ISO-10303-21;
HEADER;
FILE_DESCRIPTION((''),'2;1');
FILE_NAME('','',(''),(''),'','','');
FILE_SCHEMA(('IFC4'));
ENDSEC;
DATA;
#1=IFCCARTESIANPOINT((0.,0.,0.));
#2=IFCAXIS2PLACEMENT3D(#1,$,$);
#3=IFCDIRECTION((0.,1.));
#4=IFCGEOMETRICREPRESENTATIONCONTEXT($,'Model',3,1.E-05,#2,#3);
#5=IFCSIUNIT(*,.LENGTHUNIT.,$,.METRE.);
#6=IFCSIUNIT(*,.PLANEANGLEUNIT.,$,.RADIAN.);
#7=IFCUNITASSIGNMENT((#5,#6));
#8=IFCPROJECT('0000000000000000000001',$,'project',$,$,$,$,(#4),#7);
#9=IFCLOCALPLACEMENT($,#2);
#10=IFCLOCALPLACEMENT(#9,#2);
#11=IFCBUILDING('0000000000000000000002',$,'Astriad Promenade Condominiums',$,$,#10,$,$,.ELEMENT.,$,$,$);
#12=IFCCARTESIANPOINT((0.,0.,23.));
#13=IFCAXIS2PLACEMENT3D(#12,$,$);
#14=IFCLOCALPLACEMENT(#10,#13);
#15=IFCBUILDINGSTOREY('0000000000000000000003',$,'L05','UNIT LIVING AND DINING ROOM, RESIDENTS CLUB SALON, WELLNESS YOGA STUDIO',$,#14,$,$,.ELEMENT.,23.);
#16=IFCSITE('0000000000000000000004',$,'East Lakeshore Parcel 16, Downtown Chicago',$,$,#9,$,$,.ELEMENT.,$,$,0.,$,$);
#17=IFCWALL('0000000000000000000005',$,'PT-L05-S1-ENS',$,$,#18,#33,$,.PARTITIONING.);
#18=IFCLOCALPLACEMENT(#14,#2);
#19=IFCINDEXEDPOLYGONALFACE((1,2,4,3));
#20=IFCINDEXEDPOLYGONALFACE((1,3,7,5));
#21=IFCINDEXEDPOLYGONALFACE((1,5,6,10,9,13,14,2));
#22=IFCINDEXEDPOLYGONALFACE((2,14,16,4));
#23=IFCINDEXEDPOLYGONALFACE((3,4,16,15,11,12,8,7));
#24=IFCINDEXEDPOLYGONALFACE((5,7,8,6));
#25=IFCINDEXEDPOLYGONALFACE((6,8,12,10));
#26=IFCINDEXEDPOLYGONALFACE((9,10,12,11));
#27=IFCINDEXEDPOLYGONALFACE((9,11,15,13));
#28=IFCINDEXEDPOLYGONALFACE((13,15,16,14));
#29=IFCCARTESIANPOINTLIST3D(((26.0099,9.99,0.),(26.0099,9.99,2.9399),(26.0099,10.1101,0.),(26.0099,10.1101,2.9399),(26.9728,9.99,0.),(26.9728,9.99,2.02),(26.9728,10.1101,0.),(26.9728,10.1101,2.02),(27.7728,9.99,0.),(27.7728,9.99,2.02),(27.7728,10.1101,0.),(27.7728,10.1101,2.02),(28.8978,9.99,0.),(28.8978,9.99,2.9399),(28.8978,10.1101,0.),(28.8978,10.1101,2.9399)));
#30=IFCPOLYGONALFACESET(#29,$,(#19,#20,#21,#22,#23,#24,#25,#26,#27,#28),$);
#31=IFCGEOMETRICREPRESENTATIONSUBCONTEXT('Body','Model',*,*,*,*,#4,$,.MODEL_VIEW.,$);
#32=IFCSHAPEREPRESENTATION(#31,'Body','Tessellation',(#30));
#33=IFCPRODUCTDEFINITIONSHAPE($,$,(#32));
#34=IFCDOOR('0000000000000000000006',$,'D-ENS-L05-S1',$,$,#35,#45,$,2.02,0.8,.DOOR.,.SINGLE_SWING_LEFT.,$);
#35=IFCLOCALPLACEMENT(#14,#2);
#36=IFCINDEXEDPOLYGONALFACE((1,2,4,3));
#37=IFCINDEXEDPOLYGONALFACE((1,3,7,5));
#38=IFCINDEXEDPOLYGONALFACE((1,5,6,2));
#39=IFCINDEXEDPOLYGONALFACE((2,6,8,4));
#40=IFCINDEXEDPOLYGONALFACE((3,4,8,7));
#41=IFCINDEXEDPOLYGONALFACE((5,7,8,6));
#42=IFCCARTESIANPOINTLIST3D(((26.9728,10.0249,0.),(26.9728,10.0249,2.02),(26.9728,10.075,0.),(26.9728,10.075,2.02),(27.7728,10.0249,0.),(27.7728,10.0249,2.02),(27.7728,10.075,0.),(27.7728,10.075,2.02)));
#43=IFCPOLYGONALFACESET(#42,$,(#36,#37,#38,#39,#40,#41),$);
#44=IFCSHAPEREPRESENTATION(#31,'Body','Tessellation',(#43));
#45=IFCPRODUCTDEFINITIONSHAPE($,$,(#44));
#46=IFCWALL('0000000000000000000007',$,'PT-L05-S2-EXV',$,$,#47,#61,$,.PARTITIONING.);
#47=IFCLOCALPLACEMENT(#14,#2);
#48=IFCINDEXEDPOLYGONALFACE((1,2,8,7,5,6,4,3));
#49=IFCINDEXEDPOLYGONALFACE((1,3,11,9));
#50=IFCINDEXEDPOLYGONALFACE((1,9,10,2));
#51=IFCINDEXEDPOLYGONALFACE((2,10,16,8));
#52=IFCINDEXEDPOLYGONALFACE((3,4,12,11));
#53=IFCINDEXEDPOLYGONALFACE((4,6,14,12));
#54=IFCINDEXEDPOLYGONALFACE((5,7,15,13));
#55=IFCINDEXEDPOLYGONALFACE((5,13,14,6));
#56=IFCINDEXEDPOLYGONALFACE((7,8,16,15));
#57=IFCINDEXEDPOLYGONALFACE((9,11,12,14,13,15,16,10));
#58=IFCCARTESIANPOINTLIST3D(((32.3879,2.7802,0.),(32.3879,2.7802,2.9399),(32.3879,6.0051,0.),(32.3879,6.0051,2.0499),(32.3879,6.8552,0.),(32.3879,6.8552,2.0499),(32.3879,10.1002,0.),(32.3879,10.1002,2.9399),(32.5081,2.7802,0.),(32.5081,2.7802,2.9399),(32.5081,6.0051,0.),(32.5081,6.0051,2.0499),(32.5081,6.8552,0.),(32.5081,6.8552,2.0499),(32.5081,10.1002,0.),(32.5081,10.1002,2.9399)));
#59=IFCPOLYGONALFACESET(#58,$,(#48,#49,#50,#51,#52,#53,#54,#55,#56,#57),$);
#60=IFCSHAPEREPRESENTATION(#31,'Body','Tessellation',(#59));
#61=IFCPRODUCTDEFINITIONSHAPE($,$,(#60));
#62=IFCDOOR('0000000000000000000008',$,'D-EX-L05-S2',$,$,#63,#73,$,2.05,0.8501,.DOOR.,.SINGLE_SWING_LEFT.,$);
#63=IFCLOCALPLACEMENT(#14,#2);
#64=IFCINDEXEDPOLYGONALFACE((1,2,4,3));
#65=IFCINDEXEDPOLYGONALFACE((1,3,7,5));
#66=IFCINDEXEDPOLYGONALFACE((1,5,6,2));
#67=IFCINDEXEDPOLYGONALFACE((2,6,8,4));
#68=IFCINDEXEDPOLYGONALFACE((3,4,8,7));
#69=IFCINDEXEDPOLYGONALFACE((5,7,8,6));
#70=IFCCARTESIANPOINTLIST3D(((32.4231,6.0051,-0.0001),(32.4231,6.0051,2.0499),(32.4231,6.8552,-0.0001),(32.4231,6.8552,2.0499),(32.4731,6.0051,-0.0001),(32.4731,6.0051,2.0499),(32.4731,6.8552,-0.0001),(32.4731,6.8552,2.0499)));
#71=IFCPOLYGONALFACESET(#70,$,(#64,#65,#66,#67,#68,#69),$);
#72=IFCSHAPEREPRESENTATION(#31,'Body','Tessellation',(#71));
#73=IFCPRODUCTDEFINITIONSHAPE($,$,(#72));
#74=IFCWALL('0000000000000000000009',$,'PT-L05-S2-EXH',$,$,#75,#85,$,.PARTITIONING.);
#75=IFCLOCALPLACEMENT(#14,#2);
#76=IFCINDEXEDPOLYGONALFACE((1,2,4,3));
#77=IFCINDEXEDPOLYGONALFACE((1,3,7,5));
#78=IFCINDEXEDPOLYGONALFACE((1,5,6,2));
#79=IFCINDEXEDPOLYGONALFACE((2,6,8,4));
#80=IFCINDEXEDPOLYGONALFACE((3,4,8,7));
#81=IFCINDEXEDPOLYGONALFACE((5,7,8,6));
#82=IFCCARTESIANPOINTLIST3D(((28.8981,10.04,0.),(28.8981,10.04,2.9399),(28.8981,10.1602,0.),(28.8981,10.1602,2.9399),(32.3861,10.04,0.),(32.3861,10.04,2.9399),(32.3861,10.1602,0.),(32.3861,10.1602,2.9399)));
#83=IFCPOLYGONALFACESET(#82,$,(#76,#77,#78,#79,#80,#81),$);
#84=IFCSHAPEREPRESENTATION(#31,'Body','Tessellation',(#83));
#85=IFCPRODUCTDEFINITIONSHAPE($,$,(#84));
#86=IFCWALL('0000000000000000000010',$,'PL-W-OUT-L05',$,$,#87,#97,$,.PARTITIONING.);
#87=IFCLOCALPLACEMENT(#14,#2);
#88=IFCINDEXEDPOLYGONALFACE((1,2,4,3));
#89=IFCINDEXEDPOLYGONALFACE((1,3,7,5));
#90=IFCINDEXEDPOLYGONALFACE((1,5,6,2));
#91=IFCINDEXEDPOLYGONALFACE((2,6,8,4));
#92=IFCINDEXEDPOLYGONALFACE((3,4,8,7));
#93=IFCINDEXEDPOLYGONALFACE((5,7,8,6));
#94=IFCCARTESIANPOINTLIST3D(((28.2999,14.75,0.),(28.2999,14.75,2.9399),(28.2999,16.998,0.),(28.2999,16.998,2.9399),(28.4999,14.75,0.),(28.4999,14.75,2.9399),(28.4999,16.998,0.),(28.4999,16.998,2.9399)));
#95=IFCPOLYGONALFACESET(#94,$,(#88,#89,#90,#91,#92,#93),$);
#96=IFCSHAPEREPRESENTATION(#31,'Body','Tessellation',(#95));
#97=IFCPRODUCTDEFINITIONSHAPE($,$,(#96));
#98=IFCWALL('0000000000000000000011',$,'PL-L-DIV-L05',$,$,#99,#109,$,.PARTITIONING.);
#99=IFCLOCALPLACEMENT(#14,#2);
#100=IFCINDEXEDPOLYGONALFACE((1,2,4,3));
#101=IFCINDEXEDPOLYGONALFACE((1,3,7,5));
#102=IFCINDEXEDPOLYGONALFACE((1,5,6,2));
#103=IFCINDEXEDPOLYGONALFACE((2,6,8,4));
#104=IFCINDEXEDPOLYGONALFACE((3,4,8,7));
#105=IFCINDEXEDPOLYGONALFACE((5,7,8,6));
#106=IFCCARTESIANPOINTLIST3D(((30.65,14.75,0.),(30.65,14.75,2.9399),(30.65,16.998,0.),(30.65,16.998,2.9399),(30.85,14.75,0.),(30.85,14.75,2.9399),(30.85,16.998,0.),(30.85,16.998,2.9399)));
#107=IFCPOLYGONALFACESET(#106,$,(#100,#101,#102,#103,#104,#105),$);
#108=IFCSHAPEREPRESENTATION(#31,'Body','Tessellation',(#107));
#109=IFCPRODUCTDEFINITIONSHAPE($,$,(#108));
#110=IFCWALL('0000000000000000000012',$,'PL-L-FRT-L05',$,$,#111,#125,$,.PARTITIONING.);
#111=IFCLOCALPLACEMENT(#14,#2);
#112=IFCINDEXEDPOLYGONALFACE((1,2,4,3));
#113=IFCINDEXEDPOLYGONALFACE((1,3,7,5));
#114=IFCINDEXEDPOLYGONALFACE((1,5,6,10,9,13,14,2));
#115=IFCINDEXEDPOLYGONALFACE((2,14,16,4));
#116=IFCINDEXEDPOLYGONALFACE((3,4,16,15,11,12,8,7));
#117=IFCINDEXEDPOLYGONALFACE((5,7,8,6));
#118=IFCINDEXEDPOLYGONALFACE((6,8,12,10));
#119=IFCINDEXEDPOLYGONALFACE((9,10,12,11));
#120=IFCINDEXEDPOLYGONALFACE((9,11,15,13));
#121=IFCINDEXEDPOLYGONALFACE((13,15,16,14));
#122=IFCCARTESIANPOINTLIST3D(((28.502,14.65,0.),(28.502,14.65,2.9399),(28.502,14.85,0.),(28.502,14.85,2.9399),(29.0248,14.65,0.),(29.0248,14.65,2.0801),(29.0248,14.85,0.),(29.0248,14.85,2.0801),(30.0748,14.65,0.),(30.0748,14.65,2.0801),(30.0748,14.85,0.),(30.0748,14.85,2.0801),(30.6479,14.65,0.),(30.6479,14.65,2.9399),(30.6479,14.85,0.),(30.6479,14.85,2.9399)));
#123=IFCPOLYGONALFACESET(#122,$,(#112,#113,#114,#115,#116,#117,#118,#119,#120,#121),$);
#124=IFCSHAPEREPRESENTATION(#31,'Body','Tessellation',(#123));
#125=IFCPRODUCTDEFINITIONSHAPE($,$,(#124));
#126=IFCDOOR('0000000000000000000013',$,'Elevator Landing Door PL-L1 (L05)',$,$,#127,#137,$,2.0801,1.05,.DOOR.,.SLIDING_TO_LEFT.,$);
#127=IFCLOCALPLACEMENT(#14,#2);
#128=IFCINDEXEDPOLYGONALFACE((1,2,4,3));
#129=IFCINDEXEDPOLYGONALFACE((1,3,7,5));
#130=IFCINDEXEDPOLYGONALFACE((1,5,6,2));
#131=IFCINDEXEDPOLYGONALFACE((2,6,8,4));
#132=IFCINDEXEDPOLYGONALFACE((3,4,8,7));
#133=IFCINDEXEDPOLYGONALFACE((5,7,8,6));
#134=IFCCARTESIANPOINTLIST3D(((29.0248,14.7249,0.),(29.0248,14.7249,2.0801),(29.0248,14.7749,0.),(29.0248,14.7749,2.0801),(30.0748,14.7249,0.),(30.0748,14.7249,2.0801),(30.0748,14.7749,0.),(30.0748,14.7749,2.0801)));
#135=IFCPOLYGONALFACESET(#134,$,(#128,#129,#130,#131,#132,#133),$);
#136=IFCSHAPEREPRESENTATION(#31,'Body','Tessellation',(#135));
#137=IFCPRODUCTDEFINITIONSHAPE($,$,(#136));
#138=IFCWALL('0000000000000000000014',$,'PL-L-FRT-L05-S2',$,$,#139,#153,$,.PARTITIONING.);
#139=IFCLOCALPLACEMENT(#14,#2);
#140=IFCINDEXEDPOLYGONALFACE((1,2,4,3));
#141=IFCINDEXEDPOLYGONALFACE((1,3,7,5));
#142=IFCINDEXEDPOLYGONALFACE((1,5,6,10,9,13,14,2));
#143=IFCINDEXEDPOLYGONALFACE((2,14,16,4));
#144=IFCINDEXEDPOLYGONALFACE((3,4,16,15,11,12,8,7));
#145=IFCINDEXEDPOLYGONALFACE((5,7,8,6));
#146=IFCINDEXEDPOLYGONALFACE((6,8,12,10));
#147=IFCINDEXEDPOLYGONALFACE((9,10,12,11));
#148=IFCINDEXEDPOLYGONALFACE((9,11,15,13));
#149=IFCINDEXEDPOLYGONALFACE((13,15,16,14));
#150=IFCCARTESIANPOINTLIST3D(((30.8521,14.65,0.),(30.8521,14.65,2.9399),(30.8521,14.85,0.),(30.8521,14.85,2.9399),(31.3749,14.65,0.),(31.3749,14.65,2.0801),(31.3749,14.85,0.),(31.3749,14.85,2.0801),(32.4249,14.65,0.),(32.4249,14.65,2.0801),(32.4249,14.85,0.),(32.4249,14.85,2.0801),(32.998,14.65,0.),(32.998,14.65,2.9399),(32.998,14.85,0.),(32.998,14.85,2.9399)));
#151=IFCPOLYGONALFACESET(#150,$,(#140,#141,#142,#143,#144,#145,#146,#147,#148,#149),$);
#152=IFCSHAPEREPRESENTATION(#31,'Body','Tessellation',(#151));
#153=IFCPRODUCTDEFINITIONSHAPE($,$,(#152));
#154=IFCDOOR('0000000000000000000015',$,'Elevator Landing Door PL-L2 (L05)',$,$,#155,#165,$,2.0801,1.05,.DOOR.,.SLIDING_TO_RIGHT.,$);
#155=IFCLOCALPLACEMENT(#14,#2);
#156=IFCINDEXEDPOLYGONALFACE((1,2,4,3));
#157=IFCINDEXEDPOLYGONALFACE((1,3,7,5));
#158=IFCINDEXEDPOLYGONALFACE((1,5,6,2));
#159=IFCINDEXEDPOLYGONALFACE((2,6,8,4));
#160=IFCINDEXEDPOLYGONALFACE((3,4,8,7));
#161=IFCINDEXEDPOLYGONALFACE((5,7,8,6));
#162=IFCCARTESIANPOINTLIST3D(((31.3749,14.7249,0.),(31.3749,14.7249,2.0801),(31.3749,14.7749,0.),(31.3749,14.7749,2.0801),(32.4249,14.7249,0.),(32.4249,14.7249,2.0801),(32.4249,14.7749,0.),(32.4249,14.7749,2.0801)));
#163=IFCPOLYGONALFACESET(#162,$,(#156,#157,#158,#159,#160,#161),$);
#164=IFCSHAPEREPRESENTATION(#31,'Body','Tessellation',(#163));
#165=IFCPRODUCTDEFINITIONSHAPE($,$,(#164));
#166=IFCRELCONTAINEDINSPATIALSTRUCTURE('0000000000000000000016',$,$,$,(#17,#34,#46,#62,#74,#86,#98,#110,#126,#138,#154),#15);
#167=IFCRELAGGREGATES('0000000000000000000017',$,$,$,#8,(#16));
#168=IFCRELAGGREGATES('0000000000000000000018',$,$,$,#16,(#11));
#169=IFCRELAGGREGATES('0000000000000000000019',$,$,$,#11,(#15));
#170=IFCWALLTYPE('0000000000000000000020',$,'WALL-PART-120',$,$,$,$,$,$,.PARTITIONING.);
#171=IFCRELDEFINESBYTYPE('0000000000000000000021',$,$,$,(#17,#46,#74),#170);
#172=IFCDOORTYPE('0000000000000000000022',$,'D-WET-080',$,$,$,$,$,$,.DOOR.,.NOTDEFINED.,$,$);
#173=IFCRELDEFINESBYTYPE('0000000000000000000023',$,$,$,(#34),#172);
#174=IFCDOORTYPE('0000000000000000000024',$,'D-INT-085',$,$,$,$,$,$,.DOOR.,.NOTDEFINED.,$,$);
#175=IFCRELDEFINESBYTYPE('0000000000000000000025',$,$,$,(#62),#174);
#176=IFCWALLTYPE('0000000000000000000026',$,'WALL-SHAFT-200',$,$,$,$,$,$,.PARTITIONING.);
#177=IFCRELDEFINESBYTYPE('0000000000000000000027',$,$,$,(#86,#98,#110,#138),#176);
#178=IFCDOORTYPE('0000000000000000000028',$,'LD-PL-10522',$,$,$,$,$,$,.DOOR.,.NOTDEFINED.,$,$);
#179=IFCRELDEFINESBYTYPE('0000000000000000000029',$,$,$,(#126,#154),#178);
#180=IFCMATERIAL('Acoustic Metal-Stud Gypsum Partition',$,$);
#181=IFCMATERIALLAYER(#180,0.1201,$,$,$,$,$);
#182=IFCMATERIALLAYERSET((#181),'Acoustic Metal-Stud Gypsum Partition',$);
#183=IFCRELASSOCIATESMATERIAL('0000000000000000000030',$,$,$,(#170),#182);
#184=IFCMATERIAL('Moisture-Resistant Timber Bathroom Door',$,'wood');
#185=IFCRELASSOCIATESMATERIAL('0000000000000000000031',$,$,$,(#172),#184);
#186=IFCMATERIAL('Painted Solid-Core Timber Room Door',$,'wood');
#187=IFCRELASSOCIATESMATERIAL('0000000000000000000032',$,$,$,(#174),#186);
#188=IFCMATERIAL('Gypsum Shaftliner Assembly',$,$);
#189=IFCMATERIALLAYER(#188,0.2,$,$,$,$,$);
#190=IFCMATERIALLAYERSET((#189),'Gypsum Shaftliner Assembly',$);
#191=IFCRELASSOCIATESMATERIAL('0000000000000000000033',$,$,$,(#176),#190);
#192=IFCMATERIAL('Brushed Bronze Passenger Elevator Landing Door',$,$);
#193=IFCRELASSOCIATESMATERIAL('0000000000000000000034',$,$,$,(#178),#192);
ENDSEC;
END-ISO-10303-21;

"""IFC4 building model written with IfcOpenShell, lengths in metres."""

from ifc_helpers import new_model, si_unit, direction, frame, frame_2d, origin, place, context, subcontext, project, spatial, rectangle, extrude, source, transform, mapped, material, layer, layer_set, type_object, type_shapes, element, fill, save


model = new_model("IFC4")

# Units and contexts
model_context = context("Model", 3, precision=1e-05, world=origin(), true_north=direction((0.0, 1.0)))
body_context = subcontext(model_context, "Body", "Model", "MODEL_VIEW")
ifc_project = project(units=[si_unit("LENGTHUNIT", "METRE"), si_unit("PLANEANGLEUNIT", "RADIAN")], contexts=[model_context])

# Site, building, storey
site_placement = place(None, origin())
site = spatial("IfcSite", under=ifc_project, at=site_placement, Name="East Lakeshore Parcel 16, Downtown Chicago", CompositionType="ELEMENT", RefElevation=0.0)
building_placement = place(site_placement, origin())
building = spatial("IfcBuilding", under=site, at=building_placement, Name="Astriad Promenade Condominiums", CompositionType="ELEMENT")
storey_placement = place(building_placement, frame((0.0, 0.0, 23.0)))
storey = spatial("IfcBuildingStorey", under=building, at=storey_placement, Name="L05", Description="UNIT LIVING AND DINING ROOM, RESIDENTS CLUB SALON, WELLNESS YOGA STUDIO", CompositionType="ELEMENT", Elevation=23.0)

# Walls, openings, doors
ifc_material_1 = material(Name="Acoustic Metal-Stud Gypsum Partition")
ifc_layer_1 = layer(ifc_material_1, 0.1201)
ifc_layer_set_1 = layer_set([ifc_layer_1], Name="Acoustic Metal-Stud Gypsum Partition")
wall_type_1 = type_object("IfcWallType", Name="WALL-PART-120", PredefinedType="PARTITIONING", material=ifc_layer_set_1)
wall_1_placement = place(storey_placement, frame((26.01, 10.05, 0.0), z_axis=(0.0, 0.0, 1.0), x_axis=(1.0, 0.0, 0.0)))
wall_1 = element("IfcWall", 1, at=wall_1_placement, inside=storey, type_object=wall_type_1, Name="PT-L05-S1-ENS", PredefinedType="PARTITIONING", context=body_context, shape_type="SweptSolid", body=[
    extrude(rectangle(XDim=2.8879, YDim=0.1201, at=frame_2d((1.4438, 0.0))), origin(), (0.0, 0.0, 1.0), 2.9399),
])
opening_1_placement = place(wall_1_placement, frame((0.9629, 0.0, 0.0)))
opening_1 = element("IfcOpeningElement", 2, at=opening_1_placement, cuts=wall_1, PredefinedType="OPENING", context=body_context, shape_type="SweptSolid", body=[
    extrude(rectangle(XDim=0.8, YDim=2.02, at=frame_2d((0.3999, 1.01))), frame((0.0, 0.0701, 0.0), z_axis=(0.0, -1.0, 0.0), x_axis=(1.0, 0.0, 0.0)), (0.0, 0.0, 1.0), 0.1401),
])
ifc_material_2 = material(Name="Moisture-Resistant Timber Bathroom Door", Category="wood")
door_type_1 = type_object("IfcDoorType", Name="D-WET-080", OperationType="NOTDEFINED", PredefinedType="DOOR", material=ifc_material_2)
shared_shape_1 = source(origin(), body_context, "Body", "SweptSolid", [
    extrude(rectangle(XDim=0.8, YDim=2.02, at=frame_2d((0.3999, 1.01))), frame((0.0, 0.0249, 0.0), z_axis=(0.0, -1.0, 0.0), x_axis=(1.0, 0.0, 0.0)), (0.0, 0.0, 1.0), 0.05),
])
type_shapes(door_type_1, [shared_shape_1])
door_1_placement = place(opening_1_placement, origin())
door_1 = element("IfcDoor", 3, at=door_1_placement, inside=storey, type_object=door_type_1, Name="D-ENS-L05-S1", OperationType="SINGLE_SWING_LEFT", OverallHeight=2.02, OverallWidth=0.8, PredefinedType="DOOR", context=body_context, shape_type="MappedRepresentation", body=[
    mapped(shared_shape_1, transform((0.0, 0.0, 0.0), scale=1.0)),
])
fill(opening_1, door_1)
wall_2_placement = place(storey_placement, frame((32.448, 2.78, 0.0), z_axis=(0.0, 0.0, 1.0), x_axis=(0.0, 1.0, 0.0)))
wall_2 = element("IfcWall", 4, at=wall_2_placement, inside=storey, type_object=wall_type_1, Name="PT-L05-S2-EXV", PredefinedType="PARTITIONING", context=body_context, shape_type="SweptSolid", body=[
    extrude(rectangle(XDim=7.3201, YDim=0.1201, at=frame_2d((3.6602, 0.0))), origin(), (0.0, 0.0, 1.0), 2.9399),
])
opening_2_placement = place(wall_2_placement, frame((3.2251, 0.0, 0.0)))
opening_2 = element("IfcOpeningElement", 5, at=opening_2_placement, cuts=wall_2, PredefinedType="OPENING", context=body_context, shape_type="SweptSolid", body=[
    extrude(rectangle(XDim=0.8501, YDim=2.05, at=frame_2d((0.425, 1.0249))), frame((0.0, 0.0701, 0.0), z_axis=(0.0, -1.0, 0.0), x_axis=(1.0, 0.0, 0.0)), (0.0, 0.0, 1.0), 0.1401),
])
ifc_material_3 = material(Name="Painted Solid-Core Timber Room Door", Category="wood")
door_type_2 = type_object("IfcDoorType", Name="D-INT-085", OperationType="NOTDEFINED", PredefinedType="DOOR", material=ifc_material_3)
shared_shape_2 = source(origin(), body_context, "Body", "SweptSolid", [
    extrude(rectangle(XDim=0.8501, YDim=2.05, at=frame_2d((0.425, 1.0249))), frame((0.0, 0.0249, 0.0), z_axis=(0.0, -1.0, 0.0), x_axis=(1.0, 0.0, 0.0)), (0.0, 0.0, 1.0), 0.05),
])
type_shapes(door_type_2, [shared_shape_2])
door_2_placement = place(opening_2_placement, origin())
door_2 = element("IfcDoor", 6, at=door_2_placement, inside=storey, type_object=door_type_2, Name="D-EX-L05-S2", OperationType="SINGLE_SWING_LEFT", OverallHeight=2.05, OverallWidth=0.8501, PredefinedType="DOOR", context=body_context, shape_type="MappedRepresentation", body=[
    mapped(shared_shape_2, transform((0.0, 0.0, 0.0), scale=1.0)),
])
fill(opening_2, door_2)

# Walls
wall_3_placement = place(storey_placement, frame((28.8979, 10.1001, 0.0), z_axis=(0.0, 0.0, 1.0), x_axis=(1.0, 0.0, 0.0)))
element("IfcWall", 7, at=wall_3_placement, inside=storey, type_object=wall_type_1, Name="PT-L05-S2-EXH", PredefinedType="PARTITIONING", context=body_context, shape_type="SweptSolid", body=[
    extrude(rectangle(XDim=3.488, YDim=0.1201, at=frame_2d((1.7441, 0.0))), origin(), (0.0, 0.0, 1.0), 2.9399),
])
ifc_material_4 = material(Name="Gypsum Shaftliner Assembly")
ifc_layer_2 = layer(ifc_material_4, 0.2)
ifc_layer_set_2 = layer_set([ifc_layer_2], Name="Gypsum Shaftliner Assembly")
wall_type_2 = type_object("IfcWallType", Name="WALL-SHAFT-200", PredefinedType="PARTITIONING", material=ifc_layer_set_2)
for number, where, z_axis, x_axis, name in (
    (8, (28.3999, 14.75, 0.0), (0.0, 0.0, 1.0), (0.0, 1.0, 0.0), "PL-W-OUT-L05"),
    (9, (30.75, 14.75, 0.0), (0.0, 0.0, 1.0), (0.0, 1.0, 0.0), "PL-L-DIV-L05"),
):
    element("IfcWall", number, at=place(storey_placement, frame(where, z_axis=z_axis, x_axis=x_axis)), inside=storey, type_object=wall_type_2, Name=name, PredefinedType="PARTITIONING", context=body_context, shape_type="SweptSolid", body=[
        extrude(rectangle(XDim=2.248, YDim=0.2, at=frame_2d((1.124, 0.0))), origin(), (0.0, 0.0, 1.0), 2.9399),
    ])

# Walls, openings, doors
wall_4_placement = place(storey_placement, frame((28.502, 14.75, 0.0), z_axis=(0.0, 0.0, 1.0), x_axis=(1.0, 0.0, 0.0)))
wall_4 = element("IfcWall", 10, at=wall_4_placement, inside=storey, type_object=wall_type_2, Name="PL-L-FRT-L05", PredefinedType="PARTITIONING", context=body_context, shape_type="SweptSolid", body=[
    extrude(rectangle(XDim=2.146, YDim=0.2, at=frame_2d((1.073, 0.0))), origin(), (0.0, 0.0, 1.0), 2.9399),
])
opening_3_placement = place(wall_4_placement, frame((0.5229, 0.0, 0.0)))
opening_3 = element("IfcOpeningElement", 11, at=opening_3_placement, cuts=wall_4, PredefinedType="OPENING", context=body_context, shape_type="SweptSolid", body=[
    extrude(rectangle(XDim=1.05, YDim=2.0801, at=frame_2d((0.5249, 1.04))), frame((0.0, 0.1099, 0.0), z_axis=(0.0, -1.0, 0.0), x_axis=(1.0, 0.0, 0.0)), (0.0, 0.0, 1.0), 0.22),
])
ifc_material_5 = material(Name="Brushed Bronze Passenger Elevator Landing Door")
door_type_3 = type_object("IfcDoorType", Name="LD-PL-10522", OperationType="NOTDEFINED", PredefinedType="DOOR", material=ifc_material_5)
shared_shape_3 = source(origin(), body_context, "Body", "SweptSolid", [
    extrude(rectangle(XDim=1.05, YDim=2.0801, at=frame_2d((0.5249, 1.04))), frame((0.0, 0.0249, 0.0), z_axis=(0.0, -1.0, 0.0), x_axis=(1.0, 0.0, 0.0)), (0.0, 0.0, 1.0), 0.05),
])
type_shapes(door_type_3, [shared_shape_3])
door_3_placement = place(opening_3_placement, origin())
door_3 = element("IfcDoor", 12, at=door_3_placement, inside=storey, type_object=door_type_3, Name="Elevator Landing Door PL-L1 (L05)", OperationType="SLIDING_TO_LEFT", OverallHeight=2.0801, OverallWidth=1.05, PredefinedType="DOOR", context=body_context, shape_type="MappedRepresentation", body=[
    mapped(shared_shape_3, transform((0.0, 0.0, 0.0), scale=1.0)),
])
fill(opening_3, door_3)
wall_5_placement = place(storey_placement, frame((30.8521, 14.75, 0.0), z_axis=(0.0, 0.0, 1.0), x_axis=(1.0, 0.0, 0.0)))
wall_5 = element("IfcWall", 13, at=wall_5_placement, inside=storey, type_object=wall_type_2, Name="PL-L-FRT-L05-S2", PredefinedType="PARTITIONING", context=body_context, shape_type="SweptSolid", body=[
    extrude(rectangle(XDim=2.146, YDim=0.2, at=frame_2d((1.073, 0.0))), origin(), (0.0, 0.0, 1.0), 2.9399),
])
opening_4_placement = place(wall_5_placement, frame((0.5229, 0.0, 0.0)))
opening_4 = element("IfcOpeningElement", 14, at=opening_4_placement, cuts=wall_5, PredefinedType="OPENING", context=body_context, shape_type="SweptSolid", body=[
    extrude(rectangle(XDim=1.05, YDim=2.0801, at=frame_2d((0.5249, 1.04))), frame((0.0, 0.1099, 0.0), z_axis=(0.0, -1.0, 0.0), x_axis=(1.0, 0.0, 0.0)), (0.0, 0.0, 1.0), 0.22),
])
door_4_placement = place(opening_4_placement, origin())
door_4 = element("IfcDoor", 15, at=door_4_placement, inside=storey, type_object=door_type_3, Name="Elevator Landing Door PL-L2 (L05)", OperationType="SLIDING_TO_RIGHT", OverallHeight=2.0801, OverallWidth=1.05, PredefinedType="DOOR", context=body_context, shape_type="MappedRepresentation", body=[
    mapped(shared_shape_3, transform((0.0, 0.0, 0.0), scale=1.0)),
])
fill(opening_4, door_4)

save(model, "model.ifc")
